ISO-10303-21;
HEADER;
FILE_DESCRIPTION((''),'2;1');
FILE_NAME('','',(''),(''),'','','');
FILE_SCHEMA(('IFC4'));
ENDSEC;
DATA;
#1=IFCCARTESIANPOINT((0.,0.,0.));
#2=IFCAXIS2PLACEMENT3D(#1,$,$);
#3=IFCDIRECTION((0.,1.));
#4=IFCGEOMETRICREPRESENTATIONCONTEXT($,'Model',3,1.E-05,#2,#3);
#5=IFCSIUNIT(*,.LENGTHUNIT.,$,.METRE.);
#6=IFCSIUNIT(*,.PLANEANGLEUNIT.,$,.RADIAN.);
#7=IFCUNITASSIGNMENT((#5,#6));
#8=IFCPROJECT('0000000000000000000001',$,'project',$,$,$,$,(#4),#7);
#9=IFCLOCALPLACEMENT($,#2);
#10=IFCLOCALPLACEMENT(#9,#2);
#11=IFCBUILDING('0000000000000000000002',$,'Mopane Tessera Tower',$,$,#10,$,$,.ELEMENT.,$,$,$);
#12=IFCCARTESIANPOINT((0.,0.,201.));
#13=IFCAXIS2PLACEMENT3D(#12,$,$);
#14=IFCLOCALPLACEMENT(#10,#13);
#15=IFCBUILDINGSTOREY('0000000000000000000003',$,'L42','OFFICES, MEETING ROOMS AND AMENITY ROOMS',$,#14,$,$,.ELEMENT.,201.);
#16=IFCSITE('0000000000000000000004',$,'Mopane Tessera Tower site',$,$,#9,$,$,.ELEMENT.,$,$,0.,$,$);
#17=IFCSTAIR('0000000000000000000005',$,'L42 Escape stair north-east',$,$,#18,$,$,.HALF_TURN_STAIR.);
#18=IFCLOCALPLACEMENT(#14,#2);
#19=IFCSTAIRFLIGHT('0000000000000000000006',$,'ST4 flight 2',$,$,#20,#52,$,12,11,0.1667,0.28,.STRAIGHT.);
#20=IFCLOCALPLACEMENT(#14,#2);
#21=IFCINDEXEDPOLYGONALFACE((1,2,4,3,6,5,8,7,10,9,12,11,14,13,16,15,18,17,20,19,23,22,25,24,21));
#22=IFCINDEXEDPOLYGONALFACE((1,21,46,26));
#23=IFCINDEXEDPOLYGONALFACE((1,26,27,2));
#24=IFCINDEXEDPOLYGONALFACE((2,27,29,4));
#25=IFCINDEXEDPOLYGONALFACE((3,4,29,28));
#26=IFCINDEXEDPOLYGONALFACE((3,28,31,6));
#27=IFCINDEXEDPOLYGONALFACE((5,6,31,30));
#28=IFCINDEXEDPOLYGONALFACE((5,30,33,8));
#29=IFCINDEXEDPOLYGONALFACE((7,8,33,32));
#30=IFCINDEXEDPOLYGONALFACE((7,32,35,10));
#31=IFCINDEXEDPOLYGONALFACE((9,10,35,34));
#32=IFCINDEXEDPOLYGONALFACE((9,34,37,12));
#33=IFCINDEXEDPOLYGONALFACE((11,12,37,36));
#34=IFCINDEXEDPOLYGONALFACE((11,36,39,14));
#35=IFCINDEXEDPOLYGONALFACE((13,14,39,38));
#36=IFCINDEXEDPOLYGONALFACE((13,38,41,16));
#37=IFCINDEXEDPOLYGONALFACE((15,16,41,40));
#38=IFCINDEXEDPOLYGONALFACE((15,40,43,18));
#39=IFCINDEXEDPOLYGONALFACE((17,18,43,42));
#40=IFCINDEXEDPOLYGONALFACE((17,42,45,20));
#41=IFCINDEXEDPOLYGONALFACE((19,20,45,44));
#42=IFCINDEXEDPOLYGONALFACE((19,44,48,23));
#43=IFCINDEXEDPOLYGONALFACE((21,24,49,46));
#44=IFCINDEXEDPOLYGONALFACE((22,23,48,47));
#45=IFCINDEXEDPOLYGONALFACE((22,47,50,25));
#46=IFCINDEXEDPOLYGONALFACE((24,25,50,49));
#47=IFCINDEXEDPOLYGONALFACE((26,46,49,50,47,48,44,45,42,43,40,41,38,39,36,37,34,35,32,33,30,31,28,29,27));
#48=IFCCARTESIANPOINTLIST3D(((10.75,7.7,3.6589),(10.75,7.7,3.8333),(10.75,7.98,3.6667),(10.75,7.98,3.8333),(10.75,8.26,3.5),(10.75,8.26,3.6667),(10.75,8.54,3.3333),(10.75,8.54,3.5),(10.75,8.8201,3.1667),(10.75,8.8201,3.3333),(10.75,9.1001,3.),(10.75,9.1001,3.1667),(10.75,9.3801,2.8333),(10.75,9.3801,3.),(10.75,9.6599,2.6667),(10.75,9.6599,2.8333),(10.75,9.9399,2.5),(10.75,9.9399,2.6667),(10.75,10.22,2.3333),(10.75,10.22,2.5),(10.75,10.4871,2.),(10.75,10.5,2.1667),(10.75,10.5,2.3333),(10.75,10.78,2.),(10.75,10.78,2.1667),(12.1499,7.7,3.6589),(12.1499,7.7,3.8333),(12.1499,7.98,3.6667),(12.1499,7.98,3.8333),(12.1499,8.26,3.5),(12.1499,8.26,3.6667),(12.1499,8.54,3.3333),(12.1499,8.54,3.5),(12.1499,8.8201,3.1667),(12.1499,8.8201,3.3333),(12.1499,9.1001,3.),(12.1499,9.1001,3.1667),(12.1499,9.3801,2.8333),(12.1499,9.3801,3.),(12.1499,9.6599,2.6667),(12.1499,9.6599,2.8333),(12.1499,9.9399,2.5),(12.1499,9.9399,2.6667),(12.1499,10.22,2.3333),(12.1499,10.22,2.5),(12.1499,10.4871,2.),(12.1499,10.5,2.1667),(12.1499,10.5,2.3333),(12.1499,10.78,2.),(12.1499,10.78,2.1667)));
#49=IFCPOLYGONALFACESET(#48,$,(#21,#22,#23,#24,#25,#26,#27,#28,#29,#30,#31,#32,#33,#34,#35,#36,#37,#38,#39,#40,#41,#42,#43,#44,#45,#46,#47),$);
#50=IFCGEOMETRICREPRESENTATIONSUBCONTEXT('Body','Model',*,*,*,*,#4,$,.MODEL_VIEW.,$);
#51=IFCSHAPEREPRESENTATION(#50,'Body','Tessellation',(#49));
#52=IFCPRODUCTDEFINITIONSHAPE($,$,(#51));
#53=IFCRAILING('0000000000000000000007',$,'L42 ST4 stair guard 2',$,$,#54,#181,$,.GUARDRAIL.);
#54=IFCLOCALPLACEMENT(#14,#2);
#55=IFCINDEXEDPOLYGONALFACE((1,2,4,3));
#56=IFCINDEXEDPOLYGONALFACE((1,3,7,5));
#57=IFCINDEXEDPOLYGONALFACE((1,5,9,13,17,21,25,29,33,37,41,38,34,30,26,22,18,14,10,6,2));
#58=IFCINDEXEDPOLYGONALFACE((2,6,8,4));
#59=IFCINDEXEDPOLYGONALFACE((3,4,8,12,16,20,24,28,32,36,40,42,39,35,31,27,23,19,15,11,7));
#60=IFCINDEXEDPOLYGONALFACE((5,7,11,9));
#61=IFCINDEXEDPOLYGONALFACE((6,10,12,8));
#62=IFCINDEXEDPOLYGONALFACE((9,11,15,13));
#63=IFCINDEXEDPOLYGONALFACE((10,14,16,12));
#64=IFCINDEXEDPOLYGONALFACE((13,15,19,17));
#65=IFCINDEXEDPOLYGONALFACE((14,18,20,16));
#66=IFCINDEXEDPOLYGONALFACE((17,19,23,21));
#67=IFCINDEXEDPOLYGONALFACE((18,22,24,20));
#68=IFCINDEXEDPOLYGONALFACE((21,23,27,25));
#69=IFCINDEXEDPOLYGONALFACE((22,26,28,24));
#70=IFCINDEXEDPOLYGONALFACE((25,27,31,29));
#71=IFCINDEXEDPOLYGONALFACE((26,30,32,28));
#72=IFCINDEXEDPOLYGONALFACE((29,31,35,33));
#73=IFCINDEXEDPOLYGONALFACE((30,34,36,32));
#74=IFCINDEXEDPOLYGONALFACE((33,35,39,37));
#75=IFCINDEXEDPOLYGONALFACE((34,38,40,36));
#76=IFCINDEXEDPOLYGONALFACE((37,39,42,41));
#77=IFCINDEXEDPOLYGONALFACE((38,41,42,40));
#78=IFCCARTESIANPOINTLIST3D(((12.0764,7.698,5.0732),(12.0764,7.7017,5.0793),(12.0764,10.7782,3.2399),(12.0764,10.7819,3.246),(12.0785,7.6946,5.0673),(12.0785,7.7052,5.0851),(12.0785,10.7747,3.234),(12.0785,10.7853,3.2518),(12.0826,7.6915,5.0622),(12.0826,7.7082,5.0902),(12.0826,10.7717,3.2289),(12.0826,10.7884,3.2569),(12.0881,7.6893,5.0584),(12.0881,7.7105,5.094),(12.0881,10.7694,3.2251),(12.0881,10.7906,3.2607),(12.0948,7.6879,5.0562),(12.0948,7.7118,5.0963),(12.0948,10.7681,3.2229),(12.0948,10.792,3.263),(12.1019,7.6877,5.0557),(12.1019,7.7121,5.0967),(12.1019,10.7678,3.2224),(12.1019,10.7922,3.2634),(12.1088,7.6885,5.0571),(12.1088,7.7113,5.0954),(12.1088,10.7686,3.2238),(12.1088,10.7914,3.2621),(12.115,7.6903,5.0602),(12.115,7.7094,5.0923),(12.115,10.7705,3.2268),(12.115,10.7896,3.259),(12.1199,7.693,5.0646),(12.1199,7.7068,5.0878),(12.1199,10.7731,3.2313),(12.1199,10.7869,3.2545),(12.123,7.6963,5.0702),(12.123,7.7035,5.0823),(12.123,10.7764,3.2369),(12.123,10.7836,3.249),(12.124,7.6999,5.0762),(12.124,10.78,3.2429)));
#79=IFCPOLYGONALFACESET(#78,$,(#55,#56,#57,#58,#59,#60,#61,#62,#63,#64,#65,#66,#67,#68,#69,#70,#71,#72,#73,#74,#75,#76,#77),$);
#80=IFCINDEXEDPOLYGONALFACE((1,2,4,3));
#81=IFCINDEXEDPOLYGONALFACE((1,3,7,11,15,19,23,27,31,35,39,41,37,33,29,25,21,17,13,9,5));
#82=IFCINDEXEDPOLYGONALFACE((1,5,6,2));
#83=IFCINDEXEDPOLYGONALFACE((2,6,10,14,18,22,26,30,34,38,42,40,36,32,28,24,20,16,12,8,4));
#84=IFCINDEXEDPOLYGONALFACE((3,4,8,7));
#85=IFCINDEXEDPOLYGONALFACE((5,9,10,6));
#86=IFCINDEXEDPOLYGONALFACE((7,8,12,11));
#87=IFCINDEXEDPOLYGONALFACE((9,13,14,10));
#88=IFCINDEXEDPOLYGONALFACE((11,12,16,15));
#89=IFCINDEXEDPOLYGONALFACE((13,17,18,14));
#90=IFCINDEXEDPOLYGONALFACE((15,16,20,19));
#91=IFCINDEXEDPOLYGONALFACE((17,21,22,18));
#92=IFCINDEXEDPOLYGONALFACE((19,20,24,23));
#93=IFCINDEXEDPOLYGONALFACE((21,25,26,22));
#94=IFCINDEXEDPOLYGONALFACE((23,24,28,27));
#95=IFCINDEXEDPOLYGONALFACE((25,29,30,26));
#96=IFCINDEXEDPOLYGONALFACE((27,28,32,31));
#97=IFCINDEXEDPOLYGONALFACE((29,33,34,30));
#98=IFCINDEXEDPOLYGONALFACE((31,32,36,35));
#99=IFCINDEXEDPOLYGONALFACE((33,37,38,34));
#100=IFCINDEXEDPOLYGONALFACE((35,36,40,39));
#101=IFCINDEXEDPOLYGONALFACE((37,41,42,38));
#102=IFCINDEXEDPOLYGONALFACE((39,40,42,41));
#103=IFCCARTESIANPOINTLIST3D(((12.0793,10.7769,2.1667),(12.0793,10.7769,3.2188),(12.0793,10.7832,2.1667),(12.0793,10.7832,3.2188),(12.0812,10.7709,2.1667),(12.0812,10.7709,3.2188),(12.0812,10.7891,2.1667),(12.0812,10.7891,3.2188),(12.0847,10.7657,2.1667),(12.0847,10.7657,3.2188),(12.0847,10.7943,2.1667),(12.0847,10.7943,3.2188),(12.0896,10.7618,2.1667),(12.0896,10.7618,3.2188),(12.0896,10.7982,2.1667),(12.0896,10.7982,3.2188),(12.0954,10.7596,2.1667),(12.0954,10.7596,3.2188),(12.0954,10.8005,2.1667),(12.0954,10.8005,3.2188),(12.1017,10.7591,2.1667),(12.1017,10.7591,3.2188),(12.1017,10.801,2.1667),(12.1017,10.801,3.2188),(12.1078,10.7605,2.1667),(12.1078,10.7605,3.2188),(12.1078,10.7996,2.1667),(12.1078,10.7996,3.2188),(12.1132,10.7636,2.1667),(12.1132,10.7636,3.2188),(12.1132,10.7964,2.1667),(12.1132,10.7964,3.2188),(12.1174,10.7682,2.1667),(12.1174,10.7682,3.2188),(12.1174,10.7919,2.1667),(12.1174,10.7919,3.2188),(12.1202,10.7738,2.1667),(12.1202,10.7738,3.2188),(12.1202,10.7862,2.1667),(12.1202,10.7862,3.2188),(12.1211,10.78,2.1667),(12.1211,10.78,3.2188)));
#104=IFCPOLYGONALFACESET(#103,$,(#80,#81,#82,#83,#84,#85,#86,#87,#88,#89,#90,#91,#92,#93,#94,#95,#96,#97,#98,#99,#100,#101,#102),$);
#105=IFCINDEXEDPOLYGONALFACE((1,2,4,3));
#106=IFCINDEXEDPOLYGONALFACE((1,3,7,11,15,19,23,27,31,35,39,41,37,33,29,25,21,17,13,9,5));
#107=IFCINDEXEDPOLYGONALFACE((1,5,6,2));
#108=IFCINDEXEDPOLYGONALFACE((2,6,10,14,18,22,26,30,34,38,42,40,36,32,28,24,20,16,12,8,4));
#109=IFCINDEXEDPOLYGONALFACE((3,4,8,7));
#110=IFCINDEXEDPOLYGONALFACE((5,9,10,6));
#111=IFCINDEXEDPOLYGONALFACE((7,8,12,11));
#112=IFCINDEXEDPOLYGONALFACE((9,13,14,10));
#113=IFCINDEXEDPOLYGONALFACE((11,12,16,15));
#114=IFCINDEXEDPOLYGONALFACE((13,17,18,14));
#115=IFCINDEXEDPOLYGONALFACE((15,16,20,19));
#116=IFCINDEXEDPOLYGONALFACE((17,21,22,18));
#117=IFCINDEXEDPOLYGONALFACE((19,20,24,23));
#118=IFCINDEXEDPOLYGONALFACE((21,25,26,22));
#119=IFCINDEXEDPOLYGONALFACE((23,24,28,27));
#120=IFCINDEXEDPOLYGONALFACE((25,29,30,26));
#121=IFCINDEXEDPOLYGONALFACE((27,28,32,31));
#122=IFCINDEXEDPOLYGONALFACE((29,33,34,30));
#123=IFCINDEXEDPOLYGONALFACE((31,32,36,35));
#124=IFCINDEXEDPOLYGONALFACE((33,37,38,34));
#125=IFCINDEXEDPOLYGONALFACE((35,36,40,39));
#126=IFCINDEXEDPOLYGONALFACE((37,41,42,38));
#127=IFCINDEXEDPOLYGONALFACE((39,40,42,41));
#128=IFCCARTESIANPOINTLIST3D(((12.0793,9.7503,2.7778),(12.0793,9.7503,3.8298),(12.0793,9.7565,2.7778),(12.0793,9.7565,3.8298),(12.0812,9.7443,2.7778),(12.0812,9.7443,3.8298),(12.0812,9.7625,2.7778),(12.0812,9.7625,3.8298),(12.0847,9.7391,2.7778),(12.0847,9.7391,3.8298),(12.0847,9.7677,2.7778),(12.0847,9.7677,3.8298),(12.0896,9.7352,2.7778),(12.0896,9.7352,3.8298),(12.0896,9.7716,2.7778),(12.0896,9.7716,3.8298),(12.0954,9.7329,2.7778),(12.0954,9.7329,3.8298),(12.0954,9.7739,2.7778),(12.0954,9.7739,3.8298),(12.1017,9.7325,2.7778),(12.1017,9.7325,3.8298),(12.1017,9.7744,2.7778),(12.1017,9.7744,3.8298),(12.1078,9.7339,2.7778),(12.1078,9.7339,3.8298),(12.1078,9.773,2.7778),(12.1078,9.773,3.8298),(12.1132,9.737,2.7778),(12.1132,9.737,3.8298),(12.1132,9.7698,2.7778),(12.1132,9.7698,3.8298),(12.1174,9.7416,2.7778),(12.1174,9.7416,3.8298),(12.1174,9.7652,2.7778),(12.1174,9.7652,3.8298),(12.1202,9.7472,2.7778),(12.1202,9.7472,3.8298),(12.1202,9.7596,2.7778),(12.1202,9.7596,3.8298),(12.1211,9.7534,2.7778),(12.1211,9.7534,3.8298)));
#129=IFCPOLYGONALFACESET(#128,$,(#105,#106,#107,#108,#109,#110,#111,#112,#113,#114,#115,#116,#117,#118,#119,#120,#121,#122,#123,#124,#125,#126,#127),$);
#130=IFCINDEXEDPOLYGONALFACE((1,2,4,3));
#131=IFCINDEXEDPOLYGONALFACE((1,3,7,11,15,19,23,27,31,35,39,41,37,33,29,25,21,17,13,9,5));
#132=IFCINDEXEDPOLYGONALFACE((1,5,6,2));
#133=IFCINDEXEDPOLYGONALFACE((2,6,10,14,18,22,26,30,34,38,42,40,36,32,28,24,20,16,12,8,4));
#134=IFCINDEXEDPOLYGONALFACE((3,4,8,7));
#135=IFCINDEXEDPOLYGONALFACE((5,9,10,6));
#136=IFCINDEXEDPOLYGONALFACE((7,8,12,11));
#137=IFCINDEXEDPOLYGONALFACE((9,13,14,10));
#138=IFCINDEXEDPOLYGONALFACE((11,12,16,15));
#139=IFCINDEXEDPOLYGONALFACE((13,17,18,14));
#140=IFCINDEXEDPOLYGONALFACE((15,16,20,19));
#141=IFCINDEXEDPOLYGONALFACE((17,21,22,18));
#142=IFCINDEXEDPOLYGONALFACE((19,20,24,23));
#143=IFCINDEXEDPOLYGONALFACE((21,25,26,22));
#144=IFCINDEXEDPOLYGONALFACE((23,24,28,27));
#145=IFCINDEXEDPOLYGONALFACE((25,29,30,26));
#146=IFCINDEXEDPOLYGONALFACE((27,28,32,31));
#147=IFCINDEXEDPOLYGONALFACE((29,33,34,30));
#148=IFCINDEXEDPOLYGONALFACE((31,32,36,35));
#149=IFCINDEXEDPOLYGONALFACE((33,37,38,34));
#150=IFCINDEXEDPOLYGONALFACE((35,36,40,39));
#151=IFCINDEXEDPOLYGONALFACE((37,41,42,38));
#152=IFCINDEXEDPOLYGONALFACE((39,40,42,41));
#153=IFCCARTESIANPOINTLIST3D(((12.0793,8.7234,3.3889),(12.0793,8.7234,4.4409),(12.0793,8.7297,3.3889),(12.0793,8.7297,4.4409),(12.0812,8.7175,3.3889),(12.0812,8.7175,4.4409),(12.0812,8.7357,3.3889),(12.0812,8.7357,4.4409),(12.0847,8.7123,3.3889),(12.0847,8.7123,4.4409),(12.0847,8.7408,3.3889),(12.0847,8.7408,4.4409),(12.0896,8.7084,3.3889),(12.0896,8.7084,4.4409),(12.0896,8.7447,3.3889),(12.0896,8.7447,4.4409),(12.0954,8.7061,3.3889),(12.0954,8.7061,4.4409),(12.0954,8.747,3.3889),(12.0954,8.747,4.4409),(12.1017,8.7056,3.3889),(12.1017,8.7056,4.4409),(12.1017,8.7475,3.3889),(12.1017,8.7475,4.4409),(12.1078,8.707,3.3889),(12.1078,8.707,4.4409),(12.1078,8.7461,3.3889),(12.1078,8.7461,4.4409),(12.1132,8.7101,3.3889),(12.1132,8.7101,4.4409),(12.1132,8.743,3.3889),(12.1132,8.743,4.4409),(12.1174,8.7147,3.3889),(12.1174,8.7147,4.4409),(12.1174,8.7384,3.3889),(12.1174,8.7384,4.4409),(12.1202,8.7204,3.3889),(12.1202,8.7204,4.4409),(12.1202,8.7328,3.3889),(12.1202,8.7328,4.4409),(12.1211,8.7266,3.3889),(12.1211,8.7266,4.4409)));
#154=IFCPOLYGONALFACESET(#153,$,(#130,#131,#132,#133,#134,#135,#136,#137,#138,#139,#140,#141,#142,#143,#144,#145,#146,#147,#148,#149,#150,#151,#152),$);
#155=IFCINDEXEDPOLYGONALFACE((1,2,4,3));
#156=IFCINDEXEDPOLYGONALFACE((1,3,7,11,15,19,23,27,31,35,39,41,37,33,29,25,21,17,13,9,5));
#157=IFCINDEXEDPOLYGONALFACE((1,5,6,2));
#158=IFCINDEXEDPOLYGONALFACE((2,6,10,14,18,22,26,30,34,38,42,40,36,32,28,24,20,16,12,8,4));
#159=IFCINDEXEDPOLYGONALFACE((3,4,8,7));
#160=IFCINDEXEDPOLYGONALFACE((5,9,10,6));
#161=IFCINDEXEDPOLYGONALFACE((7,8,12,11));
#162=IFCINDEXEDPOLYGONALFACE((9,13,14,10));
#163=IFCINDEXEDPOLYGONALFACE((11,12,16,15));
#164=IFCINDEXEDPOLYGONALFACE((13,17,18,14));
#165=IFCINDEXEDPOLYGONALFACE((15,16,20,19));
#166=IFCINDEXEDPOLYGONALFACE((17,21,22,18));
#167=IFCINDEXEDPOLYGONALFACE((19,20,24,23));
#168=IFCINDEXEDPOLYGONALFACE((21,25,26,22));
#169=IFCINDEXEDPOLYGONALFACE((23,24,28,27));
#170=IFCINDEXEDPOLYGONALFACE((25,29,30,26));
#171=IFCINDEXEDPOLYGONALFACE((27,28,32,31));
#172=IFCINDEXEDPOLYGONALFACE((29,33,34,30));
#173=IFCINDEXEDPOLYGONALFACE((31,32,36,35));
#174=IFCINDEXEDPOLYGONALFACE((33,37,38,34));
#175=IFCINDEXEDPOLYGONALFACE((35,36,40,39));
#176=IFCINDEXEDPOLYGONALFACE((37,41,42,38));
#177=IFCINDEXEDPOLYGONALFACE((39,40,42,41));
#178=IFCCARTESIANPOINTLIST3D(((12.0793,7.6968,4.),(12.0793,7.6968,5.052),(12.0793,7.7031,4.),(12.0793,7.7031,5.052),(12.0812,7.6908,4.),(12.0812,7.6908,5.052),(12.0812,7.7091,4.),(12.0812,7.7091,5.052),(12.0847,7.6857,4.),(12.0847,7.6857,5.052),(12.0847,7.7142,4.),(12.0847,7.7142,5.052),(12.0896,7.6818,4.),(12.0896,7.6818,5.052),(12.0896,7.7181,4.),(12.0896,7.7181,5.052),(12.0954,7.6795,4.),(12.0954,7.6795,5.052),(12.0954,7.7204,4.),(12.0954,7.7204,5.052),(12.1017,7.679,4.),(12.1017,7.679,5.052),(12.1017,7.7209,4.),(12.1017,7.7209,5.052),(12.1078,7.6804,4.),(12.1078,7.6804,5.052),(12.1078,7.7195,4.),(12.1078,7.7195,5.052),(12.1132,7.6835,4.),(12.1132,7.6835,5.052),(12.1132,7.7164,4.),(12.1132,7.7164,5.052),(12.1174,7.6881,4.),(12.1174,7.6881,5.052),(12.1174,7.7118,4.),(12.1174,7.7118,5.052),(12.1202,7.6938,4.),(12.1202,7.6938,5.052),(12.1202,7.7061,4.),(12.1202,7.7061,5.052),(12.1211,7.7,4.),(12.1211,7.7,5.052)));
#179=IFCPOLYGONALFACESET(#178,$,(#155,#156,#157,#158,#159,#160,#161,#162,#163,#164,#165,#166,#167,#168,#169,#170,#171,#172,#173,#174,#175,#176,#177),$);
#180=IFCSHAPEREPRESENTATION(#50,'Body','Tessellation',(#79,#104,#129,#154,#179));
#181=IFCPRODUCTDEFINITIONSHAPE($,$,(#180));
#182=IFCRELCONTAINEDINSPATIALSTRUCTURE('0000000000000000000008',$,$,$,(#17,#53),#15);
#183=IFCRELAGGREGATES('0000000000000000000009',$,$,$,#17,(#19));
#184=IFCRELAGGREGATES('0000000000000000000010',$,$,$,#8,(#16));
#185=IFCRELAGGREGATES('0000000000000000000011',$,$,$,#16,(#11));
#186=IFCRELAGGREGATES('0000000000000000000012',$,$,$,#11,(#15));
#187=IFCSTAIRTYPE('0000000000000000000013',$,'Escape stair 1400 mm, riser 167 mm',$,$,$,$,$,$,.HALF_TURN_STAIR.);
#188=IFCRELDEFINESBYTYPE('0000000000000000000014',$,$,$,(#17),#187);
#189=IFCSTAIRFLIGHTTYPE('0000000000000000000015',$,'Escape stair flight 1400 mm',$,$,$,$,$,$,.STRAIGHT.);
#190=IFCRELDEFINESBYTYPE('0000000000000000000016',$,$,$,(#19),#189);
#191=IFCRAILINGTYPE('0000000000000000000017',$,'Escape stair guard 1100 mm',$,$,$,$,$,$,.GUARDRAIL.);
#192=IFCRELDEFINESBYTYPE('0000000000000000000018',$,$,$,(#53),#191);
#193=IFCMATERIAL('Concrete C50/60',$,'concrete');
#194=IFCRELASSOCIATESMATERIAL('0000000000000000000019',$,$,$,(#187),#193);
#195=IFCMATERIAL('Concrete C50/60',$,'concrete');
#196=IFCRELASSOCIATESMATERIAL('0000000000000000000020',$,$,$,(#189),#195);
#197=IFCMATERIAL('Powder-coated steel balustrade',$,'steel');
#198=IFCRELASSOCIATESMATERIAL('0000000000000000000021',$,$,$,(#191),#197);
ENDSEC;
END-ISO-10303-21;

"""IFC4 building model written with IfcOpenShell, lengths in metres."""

from ifc_helpers import new_model, si_unit, direction, frame, origin, origin_2d, place, context, subcontext, project, spatial, polyline, circle, outline, extrude, material, type_object, element, aggregate, save


model = new_model("IFC4")

# Units and contexts
model_context = context("Model", 3, precision=1e-05, world=origin(), true_north=direction((0.0, 1.0)))
body_context = subcontext(model_context, "Body", "Model", "MODEL_VIEW")
ifc_project = project(units=[si_unit("LENGTHUNIT", "METRE"), si_unit("PLANEANGLEUNIT", "RADIAN")], contexts=[model_context])

# Site, building, storey
site_placement = place(None, origin())
site = spatial("IfcSite", under=ifc_project, at=site_placement, Name="Mopane Tessera Tower site", CompositionType="ELEMENT", RefElevation=0.0)
building_placement = place(site_placement, origin())
building = spatial("IfcBuilding", under=site, at=building_placement, Name="Mopane Tessera Tower", CompositionType="ELEMENT")
storey_placement = place(building_placement, frame((0.0, 0.0, 201.0)))
storey = spatial("IfcBuildingStorey", under=building, at=storey_placement, Name="L42", Description="OFFICES, MEETING ROOMS AND AMENITY ROOMS", CompositionType="ELEMENT", Elevation=201.0)

# Stair
ifc_material_1 = material(Name="Concrete C50/60", Category="concrete")
stair_type = type_object("IfcStairType", Name="Escape stair 1400 mm, riser 167 mm", PredefinedType="HALF_TURN_STAIR", material=ifc_material_1)
stair_1_placement = place(storey_placement, origin())
stair_1 = element("IfcStair", 1, at=stair_1_placement, inside=storey, type_object=stair_type, Name="L42 Escape stair north-east", PredefinedType="HALF_TURN_STAIR")

# Stair flight
ifc_material_2 = material(Name="Concrete C50/60", Category="concrete")
stair_flight_type = type_object("IfcStairFlightType", Name="Escape stair flight 1400 mm", PredefinedType="STRAIGHT", material=ifc_material_2)
stair_flight_1_placement = place(storey_placement, frame((11.45, 10.78, 2.0), z_axis=(0.0, 0.0, 1.0), x_axis=(0.0, -1.0, 0.0)))
stair_flight_1 = element("IfcStairFlight", 2, at=stair_flight_1_placement, type_object=stair_flight_type, Name="ST4 flight 2", NumberOfRisers=12, NumberOfTreads=11, PredefinedType="STRAIGHT", RiserHeight=0.1667, TreadLength=0.28, context=body_context, shape_type="SweptSolid", body=[
    extrude(outline(polyline([(0.0, 0.0), (0.0, 0.1667), (0.28, 0.1667), (0.28, 0.3333), (0.5601, 0.3333), (0.5601, 0.5), (0.8401, 0.5), (0.8401, 0.6667), (1.1201, 0.6667), (1.1201, 0.8333), (1.3999, 0.8333), (1.3999, 1.0), (1.6799, 1.0), (1.6799, 1.1667), (1.96, 1.1667), (1.96, 1.3333), (2.24, 1.3333), (2.24, 1.5), (2.52, 1.5), (2.52, 1.6667), (2.8, 1.6667), (2.8, 1.8333), (3.0801, 1.8333), (3.0801, 2.0), (3.0801, 1.6589), (0.293, 0.0), (0.0, 0.0)])), frame((0.0, 0.7, 0.0), z_axis=(0.0, -1.0, 0.0), x_axis=(1.0, 0.0, 0.0)), (0.0, 0.0, 1.0), 1.3999),
])
aggregate(stair_1, [stair_flight_1])

# Railing
ifc_material_3 = material(Name="Powder-coated steel balustrade", Category="steel")
railing_type_1 = type_object("IfcRailingType", Name="Escape stair guard 1100 mm", PredefinedType="GUARDRAIL", material=ifc_material_3)
railing_1_placement = place(storey_placement, frame((12.1001, 10.78, 2.1667)))
element("IfcRailing", 3, at=railing_1_placement, inside=storey, type_object=railing_type_1, Name="L42 ST4 stair guard 2", PredefinedType="GUARDRAIL", context=body_context, shape_type="SweptSolid", body=[
    extrude(circle(Radius=0.0239, at=origin_2d()), frame((0.0, 0.0, 1.0762), z_axis=(0.0, -0.859309, 0.511458), x_axis=(1.0, 0.0, 0.0)), (0.0, 0.0, 1.0), 3.5845),
    extrude(circle(Radius=0.021, at=origin_2d()), origin(), (0.0, 0.0, 1.0), 1.052),
    extrude(circle(Radius=0.021, at=origin_2d()), frame((0.0, -1.0266, 0.6111)), (0.0, 0.0, 1.0), 1.052),
    extrude(circle(Radius=0.021, at=origin_2d()), frame((0.0, -2.0535, 1.2222)), (0.0, 0.0, 1.0), 1.052),
    extrude(circle(Radius=0.021, at=origin_2d()), frame((0.0, -3.0801, 1.8333)), (0.0, 0.0, 1.0), 1.052),
])

save(model, "model.ifc")
